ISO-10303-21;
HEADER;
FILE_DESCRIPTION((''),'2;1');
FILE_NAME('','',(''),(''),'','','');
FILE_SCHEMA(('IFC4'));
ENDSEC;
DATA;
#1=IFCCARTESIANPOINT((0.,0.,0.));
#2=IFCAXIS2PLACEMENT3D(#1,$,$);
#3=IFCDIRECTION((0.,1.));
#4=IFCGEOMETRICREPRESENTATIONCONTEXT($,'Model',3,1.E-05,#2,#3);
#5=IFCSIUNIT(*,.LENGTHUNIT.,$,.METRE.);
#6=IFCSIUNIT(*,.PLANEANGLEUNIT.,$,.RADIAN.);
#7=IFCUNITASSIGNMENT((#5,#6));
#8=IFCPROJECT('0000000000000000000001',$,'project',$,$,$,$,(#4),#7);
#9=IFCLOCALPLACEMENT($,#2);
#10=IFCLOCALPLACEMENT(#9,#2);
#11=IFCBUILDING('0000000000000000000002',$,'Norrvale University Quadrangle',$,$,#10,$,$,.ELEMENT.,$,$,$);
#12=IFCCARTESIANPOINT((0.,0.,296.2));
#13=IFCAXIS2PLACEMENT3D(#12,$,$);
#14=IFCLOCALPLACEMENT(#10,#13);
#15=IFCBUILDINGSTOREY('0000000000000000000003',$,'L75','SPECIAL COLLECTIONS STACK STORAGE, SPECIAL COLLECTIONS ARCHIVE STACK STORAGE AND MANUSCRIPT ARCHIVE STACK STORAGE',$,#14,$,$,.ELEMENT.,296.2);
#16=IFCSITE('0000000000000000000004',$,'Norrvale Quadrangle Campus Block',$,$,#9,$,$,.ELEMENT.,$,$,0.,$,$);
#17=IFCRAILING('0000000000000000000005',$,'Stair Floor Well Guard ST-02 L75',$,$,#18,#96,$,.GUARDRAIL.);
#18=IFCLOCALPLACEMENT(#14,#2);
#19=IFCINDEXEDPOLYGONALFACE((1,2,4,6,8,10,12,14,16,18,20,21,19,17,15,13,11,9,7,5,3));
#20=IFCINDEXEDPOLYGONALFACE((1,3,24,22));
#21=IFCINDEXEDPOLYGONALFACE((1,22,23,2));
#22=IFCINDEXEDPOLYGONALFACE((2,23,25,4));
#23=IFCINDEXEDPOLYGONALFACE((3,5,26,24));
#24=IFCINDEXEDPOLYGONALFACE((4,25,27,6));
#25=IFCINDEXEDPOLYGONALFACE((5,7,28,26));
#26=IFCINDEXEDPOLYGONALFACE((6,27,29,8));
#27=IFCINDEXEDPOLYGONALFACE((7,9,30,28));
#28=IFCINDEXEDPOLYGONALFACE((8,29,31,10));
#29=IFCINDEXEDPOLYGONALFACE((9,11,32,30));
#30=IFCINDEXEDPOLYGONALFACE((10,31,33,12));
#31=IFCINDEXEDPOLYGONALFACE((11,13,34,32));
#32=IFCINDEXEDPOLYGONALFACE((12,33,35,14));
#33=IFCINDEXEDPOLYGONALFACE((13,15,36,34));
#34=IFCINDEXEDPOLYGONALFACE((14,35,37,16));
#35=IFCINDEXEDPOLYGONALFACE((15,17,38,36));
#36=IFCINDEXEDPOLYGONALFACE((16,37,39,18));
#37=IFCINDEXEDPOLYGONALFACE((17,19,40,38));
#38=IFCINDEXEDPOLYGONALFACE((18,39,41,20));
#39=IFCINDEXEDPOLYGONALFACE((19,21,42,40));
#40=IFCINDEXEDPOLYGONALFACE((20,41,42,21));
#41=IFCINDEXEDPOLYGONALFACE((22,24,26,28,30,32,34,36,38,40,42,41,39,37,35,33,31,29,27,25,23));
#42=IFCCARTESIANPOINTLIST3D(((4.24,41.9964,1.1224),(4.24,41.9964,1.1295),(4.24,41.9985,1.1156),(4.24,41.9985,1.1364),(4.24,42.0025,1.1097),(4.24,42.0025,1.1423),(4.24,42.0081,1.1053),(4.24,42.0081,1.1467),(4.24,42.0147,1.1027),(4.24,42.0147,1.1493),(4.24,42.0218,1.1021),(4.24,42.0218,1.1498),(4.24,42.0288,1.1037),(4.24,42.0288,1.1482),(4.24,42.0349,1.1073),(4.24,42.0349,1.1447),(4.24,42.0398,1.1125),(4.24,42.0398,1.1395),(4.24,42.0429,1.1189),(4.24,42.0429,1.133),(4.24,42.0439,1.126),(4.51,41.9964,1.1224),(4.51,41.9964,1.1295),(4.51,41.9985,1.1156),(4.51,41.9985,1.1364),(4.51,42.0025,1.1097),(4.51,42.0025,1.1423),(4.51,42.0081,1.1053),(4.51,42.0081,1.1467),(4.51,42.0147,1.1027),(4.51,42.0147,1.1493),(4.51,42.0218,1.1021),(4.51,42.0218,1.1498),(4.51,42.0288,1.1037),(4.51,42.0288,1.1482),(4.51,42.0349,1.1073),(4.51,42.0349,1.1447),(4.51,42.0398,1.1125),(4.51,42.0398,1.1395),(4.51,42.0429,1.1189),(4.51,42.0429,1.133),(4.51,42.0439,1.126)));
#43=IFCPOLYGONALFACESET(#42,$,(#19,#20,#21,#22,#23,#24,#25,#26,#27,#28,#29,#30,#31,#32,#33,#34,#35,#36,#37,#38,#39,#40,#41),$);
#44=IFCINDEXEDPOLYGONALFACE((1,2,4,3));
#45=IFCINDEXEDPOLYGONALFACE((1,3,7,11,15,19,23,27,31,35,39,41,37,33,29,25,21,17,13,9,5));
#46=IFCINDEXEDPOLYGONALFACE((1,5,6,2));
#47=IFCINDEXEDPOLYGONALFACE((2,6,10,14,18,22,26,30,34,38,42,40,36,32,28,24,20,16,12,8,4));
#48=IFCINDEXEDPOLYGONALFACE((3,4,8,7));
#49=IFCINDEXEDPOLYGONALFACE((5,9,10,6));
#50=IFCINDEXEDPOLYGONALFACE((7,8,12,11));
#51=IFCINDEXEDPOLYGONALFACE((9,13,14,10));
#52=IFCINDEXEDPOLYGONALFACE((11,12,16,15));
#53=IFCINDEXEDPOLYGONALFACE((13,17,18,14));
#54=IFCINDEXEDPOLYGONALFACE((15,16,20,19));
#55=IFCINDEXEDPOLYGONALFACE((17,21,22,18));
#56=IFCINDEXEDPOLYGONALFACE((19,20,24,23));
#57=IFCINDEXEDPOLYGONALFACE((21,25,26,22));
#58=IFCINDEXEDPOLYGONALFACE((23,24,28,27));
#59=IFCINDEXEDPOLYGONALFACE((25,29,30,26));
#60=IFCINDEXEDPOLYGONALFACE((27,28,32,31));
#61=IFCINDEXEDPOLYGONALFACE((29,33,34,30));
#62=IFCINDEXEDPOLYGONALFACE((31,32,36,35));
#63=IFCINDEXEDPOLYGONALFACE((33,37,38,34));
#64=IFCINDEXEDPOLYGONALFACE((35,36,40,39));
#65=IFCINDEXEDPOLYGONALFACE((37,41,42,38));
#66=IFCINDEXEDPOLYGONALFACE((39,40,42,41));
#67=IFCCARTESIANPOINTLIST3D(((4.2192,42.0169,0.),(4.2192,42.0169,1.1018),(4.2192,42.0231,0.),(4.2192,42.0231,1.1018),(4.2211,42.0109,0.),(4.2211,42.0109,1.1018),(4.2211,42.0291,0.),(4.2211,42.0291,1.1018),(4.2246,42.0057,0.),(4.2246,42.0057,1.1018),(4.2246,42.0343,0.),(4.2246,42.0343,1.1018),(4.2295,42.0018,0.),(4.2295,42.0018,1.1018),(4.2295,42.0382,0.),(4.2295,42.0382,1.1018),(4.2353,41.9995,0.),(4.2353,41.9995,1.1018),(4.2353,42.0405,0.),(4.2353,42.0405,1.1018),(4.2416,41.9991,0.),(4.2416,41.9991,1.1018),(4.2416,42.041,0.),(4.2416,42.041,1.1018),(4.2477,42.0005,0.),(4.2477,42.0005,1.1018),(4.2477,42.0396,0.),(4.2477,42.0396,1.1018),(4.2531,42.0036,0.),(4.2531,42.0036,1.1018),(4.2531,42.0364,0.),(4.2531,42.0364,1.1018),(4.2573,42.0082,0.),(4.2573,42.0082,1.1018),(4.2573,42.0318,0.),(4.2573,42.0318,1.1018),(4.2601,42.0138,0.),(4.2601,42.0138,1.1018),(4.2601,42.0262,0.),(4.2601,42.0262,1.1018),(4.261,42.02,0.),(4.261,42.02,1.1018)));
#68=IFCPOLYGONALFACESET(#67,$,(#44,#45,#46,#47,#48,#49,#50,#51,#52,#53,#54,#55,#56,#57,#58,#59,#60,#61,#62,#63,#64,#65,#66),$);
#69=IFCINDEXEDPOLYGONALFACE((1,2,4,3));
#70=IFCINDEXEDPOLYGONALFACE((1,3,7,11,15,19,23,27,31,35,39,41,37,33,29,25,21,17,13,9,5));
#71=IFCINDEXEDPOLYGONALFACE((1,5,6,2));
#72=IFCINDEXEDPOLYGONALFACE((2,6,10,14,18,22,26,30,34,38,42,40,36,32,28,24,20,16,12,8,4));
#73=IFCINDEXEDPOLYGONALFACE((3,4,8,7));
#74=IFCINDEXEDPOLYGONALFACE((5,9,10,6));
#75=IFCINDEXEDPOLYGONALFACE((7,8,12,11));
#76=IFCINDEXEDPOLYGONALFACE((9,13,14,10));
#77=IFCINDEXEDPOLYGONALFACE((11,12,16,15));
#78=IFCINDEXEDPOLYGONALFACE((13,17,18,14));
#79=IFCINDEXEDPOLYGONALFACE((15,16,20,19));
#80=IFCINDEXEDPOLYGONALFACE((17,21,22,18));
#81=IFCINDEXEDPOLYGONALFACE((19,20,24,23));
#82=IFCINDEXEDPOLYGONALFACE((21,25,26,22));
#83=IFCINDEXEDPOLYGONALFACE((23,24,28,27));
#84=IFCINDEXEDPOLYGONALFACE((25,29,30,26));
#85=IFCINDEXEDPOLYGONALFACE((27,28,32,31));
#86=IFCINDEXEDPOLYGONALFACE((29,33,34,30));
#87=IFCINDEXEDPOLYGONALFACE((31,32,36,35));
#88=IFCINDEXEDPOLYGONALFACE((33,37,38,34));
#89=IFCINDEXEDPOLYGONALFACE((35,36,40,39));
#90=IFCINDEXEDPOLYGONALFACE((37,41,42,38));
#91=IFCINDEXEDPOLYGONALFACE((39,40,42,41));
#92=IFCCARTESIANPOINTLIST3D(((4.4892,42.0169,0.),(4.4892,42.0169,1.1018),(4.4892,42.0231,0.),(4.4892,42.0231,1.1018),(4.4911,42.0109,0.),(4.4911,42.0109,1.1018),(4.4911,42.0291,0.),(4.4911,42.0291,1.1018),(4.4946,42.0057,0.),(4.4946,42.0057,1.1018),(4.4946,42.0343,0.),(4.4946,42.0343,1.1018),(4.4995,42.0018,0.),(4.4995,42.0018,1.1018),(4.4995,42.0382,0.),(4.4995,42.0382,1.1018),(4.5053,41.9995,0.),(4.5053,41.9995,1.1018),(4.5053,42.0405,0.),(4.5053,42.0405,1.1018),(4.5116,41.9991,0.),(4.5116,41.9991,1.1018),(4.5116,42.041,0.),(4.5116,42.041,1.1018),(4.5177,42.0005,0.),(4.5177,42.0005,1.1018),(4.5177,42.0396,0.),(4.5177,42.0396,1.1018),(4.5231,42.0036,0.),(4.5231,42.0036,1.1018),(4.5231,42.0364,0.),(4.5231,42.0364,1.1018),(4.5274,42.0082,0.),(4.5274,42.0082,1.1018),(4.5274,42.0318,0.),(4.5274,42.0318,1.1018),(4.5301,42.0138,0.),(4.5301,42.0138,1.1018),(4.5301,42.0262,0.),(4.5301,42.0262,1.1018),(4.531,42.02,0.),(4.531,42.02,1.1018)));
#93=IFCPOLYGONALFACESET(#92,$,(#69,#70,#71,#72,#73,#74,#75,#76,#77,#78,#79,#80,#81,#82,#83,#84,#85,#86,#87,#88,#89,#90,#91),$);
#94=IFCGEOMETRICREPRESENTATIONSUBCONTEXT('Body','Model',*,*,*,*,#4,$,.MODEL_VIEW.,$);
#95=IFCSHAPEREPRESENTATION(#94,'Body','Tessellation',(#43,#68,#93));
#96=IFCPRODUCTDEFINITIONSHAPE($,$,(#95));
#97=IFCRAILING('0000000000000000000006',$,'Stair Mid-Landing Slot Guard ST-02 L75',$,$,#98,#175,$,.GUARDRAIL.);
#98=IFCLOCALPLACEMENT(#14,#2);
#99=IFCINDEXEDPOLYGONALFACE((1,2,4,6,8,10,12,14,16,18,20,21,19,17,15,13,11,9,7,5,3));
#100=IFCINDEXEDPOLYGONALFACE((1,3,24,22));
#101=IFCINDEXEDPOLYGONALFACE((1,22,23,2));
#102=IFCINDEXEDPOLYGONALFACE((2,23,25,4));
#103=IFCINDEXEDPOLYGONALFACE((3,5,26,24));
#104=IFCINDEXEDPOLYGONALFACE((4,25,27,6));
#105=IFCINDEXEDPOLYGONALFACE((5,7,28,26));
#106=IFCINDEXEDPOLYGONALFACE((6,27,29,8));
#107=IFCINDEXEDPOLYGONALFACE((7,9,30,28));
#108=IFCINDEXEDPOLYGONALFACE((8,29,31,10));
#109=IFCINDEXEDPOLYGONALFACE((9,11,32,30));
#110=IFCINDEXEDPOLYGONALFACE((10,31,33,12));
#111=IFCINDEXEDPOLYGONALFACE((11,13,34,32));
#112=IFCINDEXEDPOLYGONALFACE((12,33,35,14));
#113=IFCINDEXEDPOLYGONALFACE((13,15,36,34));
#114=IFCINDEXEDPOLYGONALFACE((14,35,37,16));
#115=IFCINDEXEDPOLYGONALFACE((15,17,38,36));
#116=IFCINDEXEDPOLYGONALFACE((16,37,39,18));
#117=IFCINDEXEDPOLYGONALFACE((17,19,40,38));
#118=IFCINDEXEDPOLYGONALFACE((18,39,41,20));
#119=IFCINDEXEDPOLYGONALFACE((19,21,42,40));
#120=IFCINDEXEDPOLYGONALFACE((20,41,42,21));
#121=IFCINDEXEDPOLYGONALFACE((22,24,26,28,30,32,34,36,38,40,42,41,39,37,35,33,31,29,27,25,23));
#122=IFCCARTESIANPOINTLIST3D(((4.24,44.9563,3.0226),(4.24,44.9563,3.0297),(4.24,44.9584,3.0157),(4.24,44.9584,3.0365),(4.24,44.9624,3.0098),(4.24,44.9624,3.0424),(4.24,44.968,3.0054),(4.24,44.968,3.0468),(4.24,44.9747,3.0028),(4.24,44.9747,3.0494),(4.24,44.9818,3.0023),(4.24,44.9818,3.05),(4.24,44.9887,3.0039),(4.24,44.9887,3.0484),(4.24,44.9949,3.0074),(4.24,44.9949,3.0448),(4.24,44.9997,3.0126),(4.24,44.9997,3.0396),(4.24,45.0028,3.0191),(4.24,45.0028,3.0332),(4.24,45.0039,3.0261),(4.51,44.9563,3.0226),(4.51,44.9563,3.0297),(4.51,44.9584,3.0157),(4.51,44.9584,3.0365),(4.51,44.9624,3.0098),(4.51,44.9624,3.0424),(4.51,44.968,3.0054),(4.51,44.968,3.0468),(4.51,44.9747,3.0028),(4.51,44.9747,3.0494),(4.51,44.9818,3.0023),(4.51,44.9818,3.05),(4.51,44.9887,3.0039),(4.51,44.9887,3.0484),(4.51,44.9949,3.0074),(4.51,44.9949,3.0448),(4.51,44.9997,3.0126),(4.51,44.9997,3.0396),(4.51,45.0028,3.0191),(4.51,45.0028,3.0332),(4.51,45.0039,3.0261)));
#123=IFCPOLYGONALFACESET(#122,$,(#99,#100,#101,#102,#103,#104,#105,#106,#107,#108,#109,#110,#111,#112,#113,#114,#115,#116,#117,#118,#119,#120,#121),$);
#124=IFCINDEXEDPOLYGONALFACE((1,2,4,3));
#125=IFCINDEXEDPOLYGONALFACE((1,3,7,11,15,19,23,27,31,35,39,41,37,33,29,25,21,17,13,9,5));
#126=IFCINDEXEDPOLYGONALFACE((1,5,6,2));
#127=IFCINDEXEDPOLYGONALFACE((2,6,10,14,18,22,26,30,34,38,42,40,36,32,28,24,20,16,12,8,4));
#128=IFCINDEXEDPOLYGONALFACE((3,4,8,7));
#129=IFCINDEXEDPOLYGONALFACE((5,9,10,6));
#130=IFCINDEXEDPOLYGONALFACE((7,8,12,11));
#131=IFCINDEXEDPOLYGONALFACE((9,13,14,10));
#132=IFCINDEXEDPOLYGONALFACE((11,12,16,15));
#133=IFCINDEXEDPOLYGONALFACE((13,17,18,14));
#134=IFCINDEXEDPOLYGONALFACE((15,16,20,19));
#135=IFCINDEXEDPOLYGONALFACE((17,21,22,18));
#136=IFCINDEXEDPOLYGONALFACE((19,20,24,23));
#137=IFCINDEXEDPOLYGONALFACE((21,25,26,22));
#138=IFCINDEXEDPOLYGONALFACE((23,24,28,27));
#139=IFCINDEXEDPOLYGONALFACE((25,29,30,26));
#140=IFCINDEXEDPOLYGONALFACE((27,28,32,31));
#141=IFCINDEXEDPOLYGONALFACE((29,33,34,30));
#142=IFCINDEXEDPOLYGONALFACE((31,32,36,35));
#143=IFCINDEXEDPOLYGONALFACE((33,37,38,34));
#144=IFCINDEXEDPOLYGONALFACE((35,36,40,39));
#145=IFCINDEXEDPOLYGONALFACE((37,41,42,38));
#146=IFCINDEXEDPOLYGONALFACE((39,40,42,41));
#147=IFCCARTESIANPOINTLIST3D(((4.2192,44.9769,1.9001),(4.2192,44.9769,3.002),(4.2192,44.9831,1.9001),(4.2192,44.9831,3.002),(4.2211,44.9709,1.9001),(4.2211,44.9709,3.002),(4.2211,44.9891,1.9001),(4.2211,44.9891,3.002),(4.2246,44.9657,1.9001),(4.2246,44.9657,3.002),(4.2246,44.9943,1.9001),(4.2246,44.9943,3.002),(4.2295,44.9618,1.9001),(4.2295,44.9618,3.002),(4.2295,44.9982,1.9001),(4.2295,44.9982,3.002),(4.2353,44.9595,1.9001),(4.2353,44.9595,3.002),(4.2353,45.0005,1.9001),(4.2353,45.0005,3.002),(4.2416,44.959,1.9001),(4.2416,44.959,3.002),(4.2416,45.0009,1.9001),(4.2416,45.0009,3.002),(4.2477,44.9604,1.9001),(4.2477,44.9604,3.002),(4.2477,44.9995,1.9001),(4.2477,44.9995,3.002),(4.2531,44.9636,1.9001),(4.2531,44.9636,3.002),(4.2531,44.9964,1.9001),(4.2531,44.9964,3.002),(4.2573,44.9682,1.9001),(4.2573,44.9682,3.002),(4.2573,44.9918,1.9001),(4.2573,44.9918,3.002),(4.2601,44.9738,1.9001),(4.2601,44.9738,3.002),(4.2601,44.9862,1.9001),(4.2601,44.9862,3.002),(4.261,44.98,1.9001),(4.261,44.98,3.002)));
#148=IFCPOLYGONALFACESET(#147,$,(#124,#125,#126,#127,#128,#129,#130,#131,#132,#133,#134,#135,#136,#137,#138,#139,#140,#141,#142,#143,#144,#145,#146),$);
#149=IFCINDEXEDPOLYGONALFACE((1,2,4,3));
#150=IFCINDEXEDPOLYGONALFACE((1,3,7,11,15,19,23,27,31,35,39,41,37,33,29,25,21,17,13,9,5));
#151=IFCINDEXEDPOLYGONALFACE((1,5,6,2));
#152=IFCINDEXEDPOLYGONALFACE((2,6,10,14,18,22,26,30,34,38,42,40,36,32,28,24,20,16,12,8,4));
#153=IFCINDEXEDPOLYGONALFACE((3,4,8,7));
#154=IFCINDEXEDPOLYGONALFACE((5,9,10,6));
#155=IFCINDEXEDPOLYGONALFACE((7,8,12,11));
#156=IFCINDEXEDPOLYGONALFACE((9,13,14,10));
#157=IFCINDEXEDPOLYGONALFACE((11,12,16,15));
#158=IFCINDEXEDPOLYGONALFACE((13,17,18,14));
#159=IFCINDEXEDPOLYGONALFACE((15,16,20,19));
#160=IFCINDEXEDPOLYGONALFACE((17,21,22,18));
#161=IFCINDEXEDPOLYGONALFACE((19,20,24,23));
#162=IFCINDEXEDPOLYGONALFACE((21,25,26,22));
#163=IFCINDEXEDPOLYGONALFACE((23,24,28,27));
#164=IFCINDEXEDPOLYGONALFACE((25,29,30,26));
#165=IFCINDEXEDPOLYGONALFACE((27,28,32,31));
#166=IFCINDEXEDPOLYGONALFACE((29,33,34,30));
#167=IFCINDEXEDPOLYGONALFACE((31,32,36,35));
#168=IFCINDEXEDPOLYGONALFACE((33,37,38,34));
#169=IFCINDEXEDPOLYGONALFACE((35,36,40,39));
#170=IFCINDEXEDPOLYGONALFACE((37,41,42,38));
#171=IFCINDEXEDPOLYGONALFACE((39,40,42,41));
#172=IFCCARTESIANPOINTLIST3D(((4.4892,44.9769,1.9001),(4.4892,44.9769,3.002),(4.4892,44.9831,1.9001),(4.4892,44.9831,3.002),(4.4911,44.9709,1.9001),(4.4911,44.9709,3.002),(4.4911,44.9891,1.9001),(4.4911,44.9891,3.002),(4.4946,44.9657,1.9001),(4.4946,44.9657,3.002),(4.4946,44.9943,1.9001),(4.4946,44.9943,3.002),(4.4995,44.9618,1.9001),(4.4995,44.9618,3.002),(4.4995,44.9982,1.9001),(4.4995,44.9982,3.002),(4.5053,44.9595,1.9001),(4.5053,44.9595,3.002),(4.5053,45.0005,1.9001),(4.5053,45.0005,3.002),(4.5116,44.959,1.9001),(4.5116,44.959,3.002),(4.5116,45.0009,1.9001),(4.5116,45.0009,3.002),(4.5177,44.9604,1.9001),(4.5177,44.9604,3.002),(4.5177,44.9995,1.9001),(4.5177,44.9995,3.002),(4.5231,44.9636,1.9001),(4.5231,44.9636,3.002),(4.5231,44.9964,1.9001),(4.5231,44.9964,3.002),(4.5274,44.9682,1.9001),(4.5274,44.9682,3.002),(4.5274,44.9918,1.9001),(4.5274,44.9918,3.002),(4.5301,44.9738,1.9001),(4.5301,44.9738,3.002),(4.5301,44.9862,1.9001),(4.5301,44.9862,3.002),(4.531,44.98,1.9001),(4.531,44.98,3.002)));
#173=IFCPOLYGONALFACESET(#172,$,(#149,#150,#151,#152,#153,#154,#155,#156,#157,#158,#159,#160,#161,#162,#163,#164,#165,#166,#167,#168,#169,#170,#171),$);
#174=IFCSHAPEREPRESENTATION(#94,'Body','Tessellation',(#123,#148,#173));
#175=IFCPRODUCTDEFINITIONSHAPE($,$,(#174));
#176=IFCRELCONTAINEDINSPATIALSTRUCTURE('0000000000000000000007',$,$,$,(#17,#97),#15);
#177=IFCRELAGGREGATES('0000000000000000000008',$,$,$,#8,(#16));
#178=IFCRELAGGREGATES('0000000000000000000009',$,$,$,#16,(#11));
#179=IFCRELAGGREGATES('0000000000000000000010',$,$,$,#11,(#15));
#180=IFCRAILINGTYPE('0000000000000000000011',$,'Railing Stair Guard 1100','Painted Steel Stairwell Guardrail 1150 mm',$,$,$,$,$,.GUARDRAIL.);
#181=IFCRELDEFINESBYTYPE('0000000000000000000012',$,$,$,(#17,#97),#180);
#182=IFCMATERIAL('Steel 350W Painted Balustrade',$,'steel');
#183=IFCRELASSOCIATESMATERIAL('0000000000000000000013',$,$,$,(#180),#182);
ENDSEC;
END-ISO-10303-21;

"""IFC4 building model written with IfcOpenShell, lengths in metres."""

from ifc_helpers import new_model, si_unit, direction, frame, origin, origin_2d, place, context, subcontext, project, spatial, circle, extrude, material, type_object, element, save


model = new_model("IFC4")

# Units and contexts
model_context = context("Model", 3, precision=1e-05, world=origin(), true_north=direction((0.0, 1.0)))
body_context = subcontext(model_context, "Body", "Model", "MODEL_VIEW")
ifc_project = project(units=[si_unit("LENGTHUNIT", "METRE"), si_unit("PLANEANGLEUNIT", "RADIAN")], contexts=[model_context])

# Site, building, storey
site_placement = place(None, origin())
site = spatial("IfcSite", under=ifc_project, at=site_placement, Name="Norrvale Quadrangle Campus Block", CompositionType="ELEMENT", RefElevation=0.0)
building_placement = place(site_placement, origin())
building = spatial("IfcBuilding", under=site, at=building_placement, Name="Norrvale University Quadrangle", CompositionType="ELEMENT")
storey_placement = place(building_placement, frame((0.0, 0.0, 296.2)))
storey = spatial("IfcBuildingStorey", under=building, at=storey_placement, Name="L75", Description="SPECIAL COLLECTIONS STACK STORAGE, SPECIAL COLLECTIONS ARCHIVE STACK STORAGE AND MANUSCRIPT ARCHIVE STACK STORAGE", CompositionType="ELEMENT", Elevation=296.2)

# Railings
ifc_material_1 = material(Name="Steel 350W Painted Balustrade", Category="steel")
railing_type_1 = type_object("IfcRailingType", Name="Railing Stair Guard 1100", Description="Painted Steel Stairwell Guardrail 1150 mm", PredefinedType="GUARDRAIL", material=ifc_material_1)
for number, where, name in (
    (1, (4.24, 42.02, 0.0), "Stair Floor Well Guard ST-02 L75"),
    (2, (4.24, 44.98, 1.9001), "Stair Mid-Landing Slot Guard ST-02 L75"),
):
    element("IfcRailing", number, at=place(storey_placement, frame(where)), inside=storey, type_object=railing_type_1, Name=name, PredefinedType="GUARDRAIL", context=body_context, shape_type="SweptSolid", body=[
        extrude(circle(Radius=0.0239, at=origin_2d()), frame((0.0, 0.0, 1.126), z_axis=(1.0, 0.0, 0.0), x_axis=(0.0, 1.0, 0.0)), (0.0, 0.0, 1.0), 0.27),
        extrude(circle(Radius=0.021, at=origin_2d()), origin(), (0.0, 0.0, 1.0), 1.1018),
        extrude(circle(Radius=0.021, at=origin_2d()), frame((0.27, 0.0, 0.0)), (0.0, 0.0, 1.0), 1.1018),
    ])

save(model, "model.ifc")
